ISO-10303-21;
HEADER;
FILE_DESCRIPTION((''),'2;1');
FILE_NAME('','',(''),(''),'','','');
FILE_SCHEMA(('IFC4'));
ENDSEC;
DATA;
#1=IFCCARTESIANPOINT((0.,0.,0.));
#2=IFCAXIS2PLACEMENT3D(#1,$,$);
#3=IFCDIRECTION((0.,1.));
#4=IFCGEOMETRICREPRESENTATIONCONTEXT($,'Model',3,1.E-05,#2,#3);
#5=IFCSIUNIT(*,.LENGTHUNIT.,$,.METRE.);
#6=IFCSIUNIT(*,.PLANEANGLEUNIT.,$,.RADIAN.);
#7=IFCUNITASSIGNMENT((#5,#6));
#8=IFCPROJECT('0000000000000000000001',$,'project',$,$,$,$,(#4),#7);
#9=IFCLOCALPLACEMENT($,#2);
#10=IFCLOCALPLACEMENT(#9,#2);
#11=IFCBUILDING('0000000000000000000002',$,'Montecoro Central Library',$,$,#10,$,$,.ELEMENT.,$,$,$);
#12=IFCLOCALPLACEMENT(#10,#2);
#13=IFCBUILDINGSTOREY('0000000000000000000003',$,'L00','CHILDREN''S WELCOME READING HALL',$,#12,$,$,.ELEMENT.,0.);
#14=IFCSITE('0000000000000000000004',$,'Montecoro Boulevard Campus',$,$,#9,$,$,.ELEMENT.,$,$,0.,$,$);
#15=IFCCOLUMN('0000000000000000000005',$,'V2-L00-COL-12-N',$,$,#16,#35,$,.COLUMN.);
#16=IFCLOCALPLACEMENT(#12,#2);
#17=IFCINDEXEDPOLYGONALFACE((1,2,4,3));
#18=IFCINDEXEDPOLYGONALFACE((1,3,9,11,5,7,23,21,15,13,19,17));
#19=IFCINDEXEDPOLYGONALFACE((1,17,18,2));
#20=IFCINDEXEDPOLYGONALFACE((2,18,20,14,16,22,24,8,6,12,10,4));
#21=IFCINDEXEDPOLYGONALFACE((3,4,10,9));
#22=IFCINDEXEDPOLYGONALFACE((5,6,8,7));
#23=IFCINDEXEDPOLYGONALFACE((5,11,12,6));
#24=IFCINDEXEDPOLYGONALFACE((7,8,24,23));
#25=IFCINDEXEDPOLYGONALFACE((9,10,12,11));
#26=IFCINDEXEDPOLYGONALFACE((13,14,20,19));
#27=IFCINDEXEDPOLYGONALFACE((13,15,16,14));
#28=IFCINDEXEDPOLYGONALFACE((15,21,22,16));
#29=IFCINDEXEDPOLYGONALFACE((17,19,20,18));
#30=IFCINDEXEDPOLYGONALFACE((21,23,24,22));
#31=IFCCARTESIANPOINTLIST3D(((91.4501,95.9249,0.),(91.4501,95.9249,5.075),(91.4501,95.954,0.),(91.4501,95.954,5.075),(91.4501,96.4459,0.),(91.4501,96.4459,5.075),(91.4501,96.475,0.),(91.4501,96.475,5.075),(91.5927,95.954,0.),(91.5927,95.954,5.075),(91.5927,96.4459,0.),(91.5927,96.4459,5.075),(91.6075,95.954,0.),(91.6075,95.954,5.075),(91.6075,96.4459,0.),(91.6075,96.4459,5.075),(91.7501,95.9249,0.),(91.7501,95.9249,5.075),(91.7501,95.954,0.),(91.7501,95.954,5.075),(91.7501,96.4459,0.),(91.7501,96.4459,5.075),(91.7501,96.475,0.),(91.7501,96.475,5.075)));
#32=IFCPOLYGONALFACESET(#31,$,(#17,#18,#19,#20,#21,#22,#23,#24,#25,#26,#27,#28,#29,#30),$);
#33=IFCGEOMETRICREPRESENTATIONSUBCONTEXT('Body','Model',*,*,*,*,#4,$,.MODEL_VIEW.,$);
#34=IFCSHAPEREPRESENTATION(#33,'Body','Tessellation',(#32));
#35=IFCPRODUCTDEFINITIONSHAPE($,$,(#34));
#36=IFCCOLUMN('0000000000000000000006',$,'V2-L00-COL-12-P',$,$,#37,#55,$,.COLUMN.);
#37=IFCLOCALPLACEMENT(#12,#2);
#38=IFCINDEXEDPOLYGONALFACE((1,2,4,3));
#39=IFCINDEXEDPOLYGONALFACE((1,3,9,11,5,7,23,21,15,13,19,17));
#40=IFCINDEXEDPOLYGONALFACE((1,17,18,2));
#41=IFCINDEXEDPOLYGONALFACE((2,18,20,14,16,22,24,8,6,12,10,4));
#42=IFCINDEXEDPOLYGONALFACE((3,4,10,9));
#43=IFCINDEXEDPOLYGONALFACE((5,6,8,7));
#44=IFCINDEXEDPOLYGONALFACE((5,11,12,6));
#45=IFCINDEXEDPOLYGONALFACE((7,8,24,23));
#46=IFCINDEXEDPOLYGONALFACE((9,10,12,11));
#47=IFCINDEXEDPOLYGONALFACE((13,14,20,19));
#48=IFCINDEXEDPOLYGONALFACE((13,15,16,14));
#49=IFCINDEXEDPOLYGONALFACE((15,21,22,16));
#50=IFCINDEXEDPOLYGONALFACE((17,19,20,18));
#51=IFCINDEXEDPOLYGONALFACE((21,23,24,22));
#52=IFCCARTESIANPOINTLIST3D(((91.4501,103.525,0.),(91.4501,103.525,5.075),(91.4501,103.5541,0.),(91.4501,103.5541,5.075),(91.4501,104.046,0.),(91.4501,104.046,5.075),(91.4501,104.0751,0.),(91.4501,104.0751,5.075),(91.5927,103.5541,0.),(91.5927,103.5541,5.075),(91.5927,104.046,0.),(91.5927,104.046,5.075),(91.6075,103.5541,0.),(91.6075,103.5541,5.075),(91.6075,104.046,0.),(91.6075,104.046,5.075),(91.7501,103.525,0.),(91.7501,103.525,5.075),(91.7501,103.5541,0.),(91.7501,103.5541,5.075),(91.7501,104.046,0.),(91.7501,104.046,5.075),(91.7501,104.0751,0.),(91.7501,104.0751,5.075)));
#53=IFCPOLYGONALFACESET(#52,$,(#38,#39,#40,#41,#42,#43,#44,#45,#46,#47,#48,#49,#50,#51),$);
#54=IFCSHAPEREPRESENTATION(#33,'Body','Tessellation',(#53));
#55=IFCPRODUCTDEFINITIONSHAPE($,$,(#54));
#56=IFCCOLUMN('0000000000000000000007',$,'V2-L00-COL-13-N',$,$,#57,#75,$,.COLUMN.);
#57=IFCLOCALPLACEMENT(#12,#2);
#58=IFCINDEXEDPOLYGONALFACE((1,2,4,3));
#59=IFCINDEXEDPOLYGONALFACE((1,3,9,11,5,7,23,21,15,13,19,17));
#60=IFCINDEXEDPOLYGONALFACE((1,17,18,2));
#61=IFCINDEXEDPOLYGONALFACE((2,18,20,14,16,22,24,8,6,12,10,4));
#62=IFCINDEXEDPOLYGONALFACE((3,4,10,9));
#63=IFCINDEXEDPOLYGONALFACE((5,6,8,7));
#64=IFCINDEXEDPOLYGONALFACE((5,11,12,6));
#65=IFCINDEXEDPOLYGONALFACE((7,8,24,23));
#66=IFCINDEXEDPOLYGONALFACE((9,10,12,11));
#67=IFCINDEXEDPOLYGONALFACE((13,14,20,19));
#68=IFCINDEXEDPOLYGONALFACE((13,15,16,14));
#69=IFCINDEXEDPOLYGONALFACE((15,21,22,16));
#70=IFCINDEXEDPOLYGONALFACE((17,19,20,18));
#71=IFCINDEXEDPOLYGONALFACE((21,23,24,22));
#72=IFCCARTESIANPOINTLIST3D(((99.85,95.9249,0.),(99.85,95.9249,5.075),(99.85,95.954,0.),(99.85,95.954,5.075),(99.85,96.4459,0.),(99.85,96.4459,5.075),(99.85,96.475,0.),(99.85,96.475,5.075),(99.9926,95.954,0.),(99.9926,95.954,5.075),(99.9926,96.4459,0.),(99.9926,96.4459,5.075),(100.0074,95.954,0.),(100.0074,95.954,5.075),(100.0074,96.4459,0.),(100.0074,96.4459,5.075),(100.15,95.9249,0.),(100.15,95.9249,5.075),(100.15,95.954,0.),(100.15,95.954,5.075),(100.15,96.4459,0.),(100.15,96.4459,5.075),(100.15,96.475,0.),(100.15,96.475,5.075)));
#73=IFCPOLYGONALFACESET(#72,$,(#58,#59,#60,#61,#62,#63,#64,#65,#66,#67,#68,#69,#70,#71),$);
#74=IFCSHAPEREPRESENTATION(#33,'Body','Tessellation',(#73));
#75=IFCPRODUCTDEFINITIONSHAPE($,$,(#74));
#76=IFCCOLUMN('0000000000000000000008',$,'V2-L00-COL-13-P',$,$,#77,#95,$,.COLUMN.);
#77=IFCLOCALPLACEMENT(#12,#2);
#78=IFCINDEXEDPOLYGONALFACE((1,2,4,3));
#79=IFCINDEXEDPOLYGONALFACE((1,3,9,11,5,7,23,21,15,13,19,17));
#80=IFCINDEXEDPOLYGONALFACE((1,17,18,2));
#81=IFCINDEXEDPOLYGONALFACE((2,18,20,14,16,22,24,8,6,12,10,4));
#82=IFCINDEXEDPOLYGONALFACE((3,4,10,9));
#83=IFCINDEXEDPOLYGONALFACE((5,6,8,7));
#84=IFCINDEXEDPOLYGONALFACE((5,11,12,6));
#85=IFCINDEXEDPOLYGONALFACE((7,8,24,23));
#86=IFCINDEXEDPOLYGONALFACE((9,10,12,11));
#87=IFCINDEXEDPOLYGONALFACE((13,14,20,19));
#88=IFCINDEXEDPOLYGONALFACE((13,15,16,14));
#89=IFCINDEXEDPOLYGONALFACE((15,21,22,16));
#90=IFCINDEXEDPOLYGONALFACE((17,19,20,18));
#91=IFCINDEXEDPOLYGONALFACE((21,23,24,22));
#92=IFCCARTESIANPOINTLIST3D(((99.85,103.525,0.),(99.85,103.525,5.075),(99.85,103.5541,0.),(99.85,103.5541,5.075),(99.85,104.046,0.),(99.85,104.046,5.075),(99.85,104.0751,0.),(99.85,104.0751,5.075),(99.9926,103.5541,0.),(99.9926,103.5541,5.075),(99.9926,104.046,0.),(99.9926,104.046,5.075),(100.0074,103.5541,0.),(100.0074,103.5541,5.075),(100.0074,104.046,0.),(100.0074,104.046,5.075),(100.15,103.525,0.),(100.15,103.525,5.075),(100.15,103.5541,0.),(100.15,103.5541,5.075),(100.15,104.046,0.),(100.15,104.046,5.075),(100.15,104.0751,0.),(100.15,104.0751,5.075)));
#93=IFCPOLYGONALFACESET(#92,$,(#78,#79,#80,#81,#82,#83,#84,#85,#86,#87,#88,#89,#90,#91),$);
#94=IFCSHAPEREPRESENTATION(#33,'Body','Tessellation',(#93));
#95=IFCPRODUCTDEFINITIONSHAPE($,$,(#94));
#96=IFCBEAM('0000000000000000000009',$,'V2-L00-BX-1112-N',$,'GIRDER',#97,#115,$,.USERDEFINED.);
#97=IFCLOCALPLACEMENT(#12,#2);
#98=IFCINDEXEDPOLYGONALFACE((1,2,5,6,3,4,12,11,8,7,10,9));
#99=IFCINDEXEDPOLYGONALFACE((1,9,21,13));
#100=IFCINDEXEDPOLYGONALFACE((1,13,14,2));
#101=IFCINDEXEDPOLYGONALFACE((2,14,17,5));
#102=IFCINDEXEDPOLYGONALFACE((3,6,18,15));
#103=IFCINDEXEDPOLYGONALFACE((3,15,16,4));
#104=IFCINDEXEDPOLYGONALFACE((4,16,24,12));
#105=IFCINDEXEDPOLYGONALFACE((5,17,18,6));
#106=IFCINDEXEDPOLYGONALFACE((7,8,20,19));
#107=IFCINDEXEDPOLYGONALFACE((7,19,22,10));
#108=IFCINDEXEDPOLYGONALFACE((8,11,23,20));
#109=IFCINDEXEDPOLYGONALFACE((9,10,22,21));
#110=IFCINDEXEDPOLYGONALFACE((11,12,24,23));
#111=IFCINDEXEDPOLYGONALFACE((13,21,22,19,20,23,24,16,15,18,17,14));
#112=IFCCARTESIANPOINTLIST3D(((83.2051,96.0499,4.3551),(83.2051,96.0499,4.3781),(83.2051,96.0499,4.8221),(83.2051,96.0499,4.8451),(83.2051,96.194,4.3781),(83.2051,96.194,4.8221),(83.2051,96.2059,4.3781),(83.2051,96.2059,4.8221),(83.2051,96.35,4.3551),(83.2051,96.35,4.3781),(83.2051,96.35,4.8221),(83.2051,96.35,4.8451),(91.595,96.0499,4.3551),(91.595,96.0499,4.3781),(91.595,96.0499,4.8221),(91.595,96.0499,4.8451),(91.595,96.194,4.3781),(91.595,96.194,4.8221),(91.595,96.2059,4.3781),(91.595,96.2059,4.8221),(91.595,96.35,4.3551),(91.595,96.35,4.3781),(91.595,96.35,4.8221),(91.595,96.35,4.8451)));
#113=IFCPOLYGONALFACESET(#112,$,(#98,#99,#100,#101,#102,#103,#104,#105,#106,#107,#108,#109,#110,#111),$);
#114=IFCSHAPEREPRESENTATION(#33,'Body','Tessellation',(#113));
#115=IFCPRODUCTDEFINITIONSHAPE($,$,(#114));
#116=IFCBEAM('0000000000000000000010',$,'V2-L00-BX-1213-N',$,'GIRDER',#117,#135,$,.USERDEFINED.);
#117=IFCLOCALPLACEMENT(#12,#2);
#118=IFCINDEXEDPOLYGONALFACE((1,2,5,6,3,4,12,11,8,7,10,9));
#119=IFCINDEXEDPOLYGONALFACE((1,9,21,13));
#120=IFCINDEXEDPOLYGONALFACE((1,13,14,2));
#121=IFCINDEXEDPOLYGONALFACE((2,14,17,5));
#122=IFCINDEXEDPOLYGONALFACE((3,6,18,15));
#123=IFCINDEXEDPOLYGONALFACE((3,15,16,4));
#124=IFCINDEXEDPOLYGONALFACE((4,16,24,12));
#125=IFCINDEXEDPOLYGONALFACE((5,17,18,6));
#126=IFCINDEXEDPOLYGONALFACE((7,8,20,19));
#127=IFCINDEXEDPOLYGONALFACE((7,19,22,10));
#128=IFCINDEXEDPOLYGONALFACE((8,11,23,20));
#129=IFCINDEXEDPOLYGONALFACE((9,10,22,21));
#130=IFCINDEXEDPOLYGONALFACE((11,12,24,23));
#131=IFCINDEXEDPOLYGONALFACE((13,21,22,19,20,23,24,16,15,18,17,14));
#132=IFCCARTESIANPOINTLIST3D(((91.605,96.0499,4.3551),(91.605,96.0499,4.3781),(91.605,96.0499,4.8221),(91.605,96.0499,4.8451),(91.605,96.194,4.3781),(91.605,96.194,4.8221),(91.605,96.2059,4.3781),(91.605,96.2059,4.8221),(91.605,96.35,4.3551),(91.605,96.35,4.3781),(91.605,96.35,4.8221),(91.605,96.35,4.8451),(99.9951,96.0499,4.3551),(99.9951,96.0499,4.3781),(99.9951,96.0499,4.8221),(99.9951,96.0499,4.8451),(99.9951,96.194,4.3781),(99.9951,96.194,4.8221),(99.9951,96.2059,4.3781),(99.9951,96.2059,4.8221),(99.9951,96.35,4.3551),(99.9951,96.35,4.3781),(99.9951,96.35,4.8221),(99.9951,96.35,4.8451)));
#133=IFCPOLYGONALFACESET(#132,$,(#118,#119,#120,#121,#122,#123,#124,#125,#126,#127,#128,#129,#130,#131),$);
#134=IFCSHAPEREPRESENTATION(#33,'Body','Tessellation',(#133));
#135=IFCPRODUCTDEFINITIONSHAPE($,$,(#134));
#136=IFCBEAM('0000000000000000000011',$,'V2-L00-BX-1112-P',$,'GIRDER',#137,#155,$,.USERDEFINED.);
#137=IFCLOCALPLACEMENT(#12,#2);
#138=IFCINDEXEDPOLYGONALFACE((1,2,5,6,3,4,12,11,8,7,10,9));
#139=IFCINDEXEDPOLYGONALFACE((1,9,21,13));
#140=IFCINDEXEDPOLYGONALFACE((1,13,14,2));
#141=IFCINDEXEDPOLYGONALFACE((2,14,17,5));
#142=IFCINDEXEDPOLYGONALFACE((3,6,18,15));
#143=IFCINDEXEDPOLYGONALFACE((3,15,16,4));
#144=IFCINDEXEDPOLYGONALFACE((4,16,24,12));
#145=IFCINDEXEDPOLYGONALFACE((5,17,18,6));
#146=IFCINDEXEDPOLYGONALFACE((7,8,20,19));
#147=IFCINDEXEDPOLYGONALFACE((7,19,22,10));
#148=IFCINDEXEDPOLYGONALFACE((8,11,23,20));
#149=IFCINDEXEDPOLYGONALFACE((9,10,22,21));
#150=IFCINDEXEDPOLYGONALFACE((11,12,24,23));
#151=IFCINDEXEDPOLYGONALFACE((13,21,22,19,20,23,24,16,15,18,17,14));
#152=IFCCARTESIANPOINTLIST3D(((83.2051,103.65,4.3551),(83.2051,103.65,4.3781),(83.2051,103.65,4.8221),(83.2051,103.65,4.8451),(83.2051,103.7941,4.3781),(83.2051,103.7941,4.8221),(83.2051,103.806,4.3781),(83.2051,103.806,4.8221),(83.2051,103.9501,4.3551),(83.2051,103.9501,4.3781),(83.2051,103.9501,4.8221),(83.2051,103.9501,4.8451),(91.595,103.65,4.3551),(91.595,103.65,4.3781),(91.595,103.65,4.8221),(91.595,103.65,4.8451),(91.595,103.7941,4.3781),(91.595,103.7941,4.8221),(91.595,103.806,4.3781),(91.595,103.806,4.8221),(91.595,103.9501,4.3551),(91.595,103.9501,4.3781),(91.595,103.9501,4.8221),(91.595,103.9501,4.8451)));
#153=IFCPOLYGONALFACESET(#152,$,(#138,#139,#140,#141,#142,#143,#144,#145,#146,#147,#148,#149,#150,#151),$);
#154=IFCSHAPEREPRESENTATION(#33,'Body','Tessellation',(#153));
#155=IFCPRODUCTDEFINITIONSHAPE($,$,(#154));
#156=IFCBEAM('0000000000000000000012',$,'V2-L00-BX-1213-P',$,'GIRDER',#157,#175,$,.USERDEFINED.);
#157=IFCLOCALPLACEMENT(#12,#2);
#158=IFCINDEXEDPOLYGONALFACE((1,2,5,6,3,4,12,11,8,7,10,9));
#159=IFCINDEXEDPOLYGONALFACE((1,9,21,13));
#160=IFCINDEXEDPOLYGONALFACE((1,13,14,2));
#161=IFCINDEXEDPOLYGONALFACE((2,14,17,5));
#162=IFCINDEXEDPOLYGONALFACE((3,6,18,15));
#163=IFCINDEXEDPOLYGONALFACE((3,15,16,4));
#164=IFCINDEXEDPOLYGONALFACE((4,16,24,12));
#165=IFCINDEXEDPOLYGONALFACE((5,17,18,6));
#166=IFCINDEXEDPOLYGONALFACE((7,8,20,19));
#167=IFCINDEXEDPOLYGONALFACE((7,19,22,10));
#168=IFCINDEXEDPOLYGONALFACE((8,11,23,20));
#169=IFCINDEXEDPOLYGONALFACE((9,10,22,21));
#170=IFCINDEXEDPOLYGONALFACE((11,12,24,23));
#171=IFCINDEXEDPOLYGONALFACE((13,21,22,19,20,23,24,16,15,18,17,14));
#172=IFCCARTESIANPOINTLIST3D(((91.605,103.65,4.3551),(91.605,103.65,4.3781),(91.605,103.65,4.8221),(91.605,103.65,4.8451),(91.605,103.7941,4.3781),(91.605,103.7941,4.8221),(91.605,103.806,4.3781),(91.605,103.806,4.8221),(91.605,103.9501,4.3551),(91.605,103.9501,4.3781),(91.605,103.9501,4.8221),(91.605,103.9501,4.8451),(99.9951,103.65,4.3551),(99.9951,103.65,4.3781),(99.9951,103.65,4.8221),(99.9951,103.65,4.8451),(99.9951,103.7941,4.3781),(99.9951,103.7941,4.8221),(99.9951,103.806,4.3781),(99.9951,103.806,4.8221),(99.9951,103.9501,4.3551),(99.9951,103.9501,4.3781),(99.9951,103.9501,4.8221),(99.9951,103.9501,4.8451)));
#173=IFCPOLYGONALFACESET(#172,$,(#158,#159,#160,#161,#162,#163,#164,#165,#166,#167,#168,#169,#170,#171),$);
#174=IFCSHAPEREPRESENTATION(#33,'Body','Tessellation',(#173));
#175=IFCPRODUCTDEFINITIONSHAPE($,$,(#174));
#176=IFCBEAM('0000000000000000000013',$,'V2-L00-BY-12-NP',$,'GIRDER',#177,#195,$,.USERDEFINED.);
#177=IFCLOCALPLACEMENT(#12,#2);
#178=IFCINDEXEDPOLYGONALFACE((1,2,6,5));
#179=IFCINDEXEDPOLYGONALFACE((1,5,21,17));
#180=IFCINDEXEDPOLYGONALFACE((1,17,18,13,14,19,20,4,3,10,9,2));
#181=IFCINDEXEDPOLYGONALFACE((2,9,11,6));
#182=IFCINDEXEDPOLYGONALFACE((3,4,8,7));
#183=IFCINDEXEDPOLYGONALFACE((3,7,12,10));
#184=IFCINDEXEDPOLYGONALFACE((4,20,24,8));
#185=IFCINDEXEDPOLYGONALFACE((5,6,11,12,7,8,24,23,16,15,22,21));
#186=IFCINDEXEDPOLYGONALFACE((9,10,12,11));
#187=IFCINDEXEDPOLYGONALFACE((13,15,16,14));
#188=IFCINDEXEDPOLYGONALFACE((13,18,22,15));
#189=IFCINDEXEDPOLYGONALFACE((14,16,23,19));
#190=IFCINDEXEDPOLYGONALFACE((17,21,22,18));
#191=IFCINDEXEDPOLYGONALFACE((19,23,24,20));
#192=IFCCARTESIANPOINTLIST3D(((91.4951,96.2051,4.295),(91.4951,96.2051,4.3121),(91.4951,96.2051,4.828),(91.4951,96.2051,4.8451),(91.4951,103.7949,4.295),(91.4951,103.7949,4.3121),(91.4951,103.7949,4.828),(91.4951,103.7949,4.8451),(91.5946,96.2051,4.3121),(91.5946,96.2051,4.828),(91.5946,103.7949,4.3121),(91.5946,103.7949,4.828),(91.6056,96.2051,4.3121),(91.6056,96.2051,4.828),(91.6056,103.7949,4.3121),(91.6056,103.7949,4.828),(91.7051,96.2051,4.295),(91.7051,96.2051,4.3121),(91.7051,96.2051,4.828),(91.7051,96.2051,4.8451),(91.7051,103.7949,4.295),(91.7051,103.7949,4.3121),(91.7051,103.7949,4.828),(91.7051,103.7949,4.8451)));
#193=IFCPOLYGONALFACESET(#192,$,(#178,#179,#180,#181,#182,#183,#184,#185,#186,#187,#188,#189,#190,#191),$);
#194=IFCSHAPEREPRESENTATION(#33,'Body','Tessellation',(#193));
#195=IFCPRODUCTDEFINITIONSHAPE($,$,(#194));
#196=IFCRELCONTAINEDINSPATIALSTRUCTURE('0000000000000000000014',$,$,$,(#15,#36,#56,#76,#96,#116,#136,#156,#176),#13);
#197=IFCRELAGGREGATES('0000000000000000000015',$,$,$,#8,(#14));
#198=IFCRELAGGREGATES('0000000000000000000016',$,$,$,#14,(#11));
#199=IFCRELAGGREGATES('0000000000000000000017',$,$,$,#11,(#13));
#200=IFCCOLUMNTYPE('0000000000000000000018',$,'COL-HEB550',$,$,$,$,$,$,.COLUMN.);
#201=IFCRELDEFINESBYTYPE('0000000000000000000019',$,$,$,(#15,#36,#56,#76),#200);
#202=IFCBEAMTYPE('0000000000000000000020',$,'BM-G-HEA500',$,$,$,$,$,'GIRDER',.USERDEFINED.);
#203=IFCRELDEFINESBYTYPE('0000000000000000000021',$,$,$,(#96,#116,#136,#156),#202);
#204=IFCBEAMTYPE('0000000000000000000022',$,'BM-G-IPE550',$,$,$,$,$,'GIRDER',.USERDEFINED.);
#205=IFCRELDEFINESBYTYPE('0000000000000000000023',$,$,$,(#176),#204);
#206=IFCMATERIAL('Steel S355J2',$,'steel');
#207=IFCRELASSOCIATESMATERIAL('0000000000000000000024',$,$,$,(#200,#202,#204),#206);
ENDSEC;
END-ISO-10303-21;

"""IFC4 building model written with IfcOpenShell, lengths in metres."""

from ifc_helpers import new_model, si_unit, direction, frame, origin, origin_2d, place, context, subcontext, project, spatial, i_section, extrude, material, material_profile, profile_set, type_object, element, save


model = new_model("IFC4")

# Units and contexts
model_context = context("Model", 3, precision=1e-05, world=origin(), true_north=direction((0.0, 1.0)))
body_context = subcontext(model_context, "Body", "Model", "MODEL_VIEW")
ifc_project = project(units=[si_unit("LENGTHUNIT", "METRE"), si_unit("PLANEANGLEUNIT", "RADIAN")], contexts=[model_context])

# Site, building, storey
site_placement = place(None, origin())
site = spatial("IfcSite", under=ifc_project, at=site_placement, Name="Montecoro Boulevard Campus", CompositionType="ELEMENT", RefElevation=0.0)
building_placement = place(site_placement, origin())
building = spatial("IfcBuilding", under=site, at=building_placement, Name="Montecoro Central Library", CompositionType="ELEMENT")
storey_placement = place(building_placement, origin())
storey = spatial("IfcBuildingStorey", under=building, at=storey_placement, Name="L00", Description="CHILDREN'S WELCOME READING HALL", CompositionType="ELEMENT", Elevation=0.0)

# Columns
ifc_material_1 = material(Name="Steel S355J2", Category="steel")
ifc_material_profile_1 = material_profile(ifc_material_1, i_section(OverallWidth=0.3, OverallDepth=0.55, WebThickness=0.0149, FlangeThickness=0.0291, at=origin_2d()), Name="HEB 550")
ifc_profile_set_1 = profile_set([ifc_material_profile_1], Name="Steel S355J2")
column_type = type_object("IfcColumnType", Name="COL-HEB550", PredefinedType="COLUMN", material=ifc_profile_set_1)
for number, where, z_axis, x_axis, name in (
    (1, (91.6001, 96.2, 0.0), (0.0, 0.0, 1.0), (1.0, 0.0, 0.0), "V2-L00-COL-12-N"),
    (2, (91.6001, 103.8, 0.0), (0.0, 0.0, 1.0), (1.0, 0.0, 0.0), "V2-L00-COL-12-P"),
    (3, (100.0, 96.2, 0.0), (0.0, 0.0, 1.0), (1.0, 0.0, 0.0), "V2-L00-COL-13-N"),
    (4, (100.0, 103.8, 0.0), (0.0, 0.0, 1.0), (1.0, 0.0, 0.0), "V2-L00-COL-13-P"),
):
    element("IfcColumn", number, at=place(storey_placement, frame(where, z_axis=z_axis, x_axis=x_axis)), inside=storey, type_object=column_type, Name=name, PredefinedType="COLUMN", context=body_context, shape_type="SweptSolid", body=[
        extrude(i_section(OverallWidth=0.3, OverallDepth=0.55, WebThickness=0.0149, FlangeThickness=0.0291, at=origin_2d()), origin(), (0.0, 0.0, 1.0), 5.075),
    ])

# Beams
ifc_material_profile_2 = material_profile(ifc_material_1, i_section(OverallWidth=0.3, OverallDepth=0.49, WebThickness=0.012, FlangeThickness=0.0229, at=origin_2d()), Name="HEA 500")
ifc_profile_set_2 = profile_set([ifc_material_profile_2], Name="Steel S355J2")
beam_type_1 = type_object("IfcBeamType", Name="BM-G-HEA500", ElementType="GIRDER", PredefinedType="USERDEFINED", material=ifc_profile_set_2)
beam_1_placement = place(storey_placement, frame((83.2051, 96.2, 4.6001), z_axis=(1.0, 0.0, 0.0), x_axis=(0.0, 1.0, 0.0)))
element("IfcBeam", 5, at=beam_1_placement, inside=storey, type_object=beam_type_1, Name="V2-L00-BX-1112-N", ObjectType="GIRDER", PredefinedType="USERDEFINED", context=body_context, shape_type="SweptSolid", body=[
    extrude(i_section(OverallWidth=0.3, OverallDepth=0.49, WebThickness=0.012, FlangeThickness=0.0229, at=origin_2d()), origin(), (0.0, 0.0, 1.0), 8.3899),
])
beam_2_placement = place(storey_placement, frame((91.605, 96.2, 4.6001), z_axis=(1.0, 0.0, 0.0), x_axis=(0.0, 1.0, 0.0)))
element("IfcBeam", 6, at=beam_2_placement, inside=storey, type_object=beam_type_1, Name="V2-L00-BX-1213-N", ObjectType="GIRDER", PredefinedType="USERDEFINED", context=body_context, shape_type="SweptSolid", body=[
    extrude(i_section(OverallWidth=0.3, OverallDepth=0.49, WebThickness=0.012, FlangeThickness=0.0229, at=origin_2d()), origin(), (0.0, 0.0, 1.0), 8.3901),
])
beam_3_placement = place(storey_placement, frame((83.2051, 103.8, 4.6001), z_axis=(1.0, 0.0, 0.0), x_axis=(0.0, 1.0, 0.0)))
element("IfcBeam", 7, at=beam_3_placement, inside=storey, type_object=beam_type_1, Name="V2-L00-BX-1112-P", ObjectType="GIRDER", PredefinedType="USERDEFINED", context=body_context, shape_type="SweptSolid", body=[
    extrude(i_section(OverallWidth=0.3, OverallDepth=0.49, WebThickness=0.012, FlangeThickness=0.0229, at=origin_2d()), origin(), (0.0, 0.0, 1.0), 8.3899),
])
beam_4_placement = place(storey_placement, frame((91.605, 103.8, 4.6001), z_axis=(1.0, 0.0, 0.0), x_axis=(0.0, 1.0, 0.0)))
element("IfcBeam", 8, at=beam_4_placement, inside=storey, type_object=beam_type_1, Name="V2-L00-BX-1213-P", ObjectType="GIRDER", PredefinedType="USERDEFINED", context=body_context, shape_type="SweptSolid", body=[
    extrude(i_section(OverallWidth=0.3, OverallDepth=0.49, WebThickness=0.012, FlangeThickness=0.0229, at=origin_2d()), origin(), (0.0, 0.0, 1.0), 8.3901),
])
ifc_material_profile_3 = material_profile(ifc_material_1, i_section(OverallWidth=0.21, OverallDepth=0.55, WebThickness=0.011, FlangeThickness=0.0171, at=origin_2d()), Name="IPE 550")
ifc_profile_set_3 = profile_set([ifc_material_profile_3], Name="Steel S355J2")
beam_type_2 = type_object("IfcBeamType", Name="BM-G-IPE550", ElementType="GIRDER", PredefinedType="USERDEFINED", material=ifc_profile_set_3)
beam_5_placement = place(storey_placement, frame((91.6001, 96.2051, 4.5701), z_axis=(0.0, 1.0, 0.0), x_axis=(-1.0, 0.0, 0.0)))
element("IfcBeam", 9, at=beam_5_placement, inside=storey, type_object=beam_type_2, Name="V2-L00-BY-12-NP", ObjectType="GIRDER", PredefinedType="USERDEFINED", context=body_context, shape_type="SweptSolid", body=[
    extrude(i_section(OverallWidth=0.21, OverallDepth=0.55, WebThickness=0.011, FlangeThickness=0.0171, at=origin_2d()), origin(), (0.0, 0.0, 1.0), 7.5898),
])

save(model, "model.ifc")
